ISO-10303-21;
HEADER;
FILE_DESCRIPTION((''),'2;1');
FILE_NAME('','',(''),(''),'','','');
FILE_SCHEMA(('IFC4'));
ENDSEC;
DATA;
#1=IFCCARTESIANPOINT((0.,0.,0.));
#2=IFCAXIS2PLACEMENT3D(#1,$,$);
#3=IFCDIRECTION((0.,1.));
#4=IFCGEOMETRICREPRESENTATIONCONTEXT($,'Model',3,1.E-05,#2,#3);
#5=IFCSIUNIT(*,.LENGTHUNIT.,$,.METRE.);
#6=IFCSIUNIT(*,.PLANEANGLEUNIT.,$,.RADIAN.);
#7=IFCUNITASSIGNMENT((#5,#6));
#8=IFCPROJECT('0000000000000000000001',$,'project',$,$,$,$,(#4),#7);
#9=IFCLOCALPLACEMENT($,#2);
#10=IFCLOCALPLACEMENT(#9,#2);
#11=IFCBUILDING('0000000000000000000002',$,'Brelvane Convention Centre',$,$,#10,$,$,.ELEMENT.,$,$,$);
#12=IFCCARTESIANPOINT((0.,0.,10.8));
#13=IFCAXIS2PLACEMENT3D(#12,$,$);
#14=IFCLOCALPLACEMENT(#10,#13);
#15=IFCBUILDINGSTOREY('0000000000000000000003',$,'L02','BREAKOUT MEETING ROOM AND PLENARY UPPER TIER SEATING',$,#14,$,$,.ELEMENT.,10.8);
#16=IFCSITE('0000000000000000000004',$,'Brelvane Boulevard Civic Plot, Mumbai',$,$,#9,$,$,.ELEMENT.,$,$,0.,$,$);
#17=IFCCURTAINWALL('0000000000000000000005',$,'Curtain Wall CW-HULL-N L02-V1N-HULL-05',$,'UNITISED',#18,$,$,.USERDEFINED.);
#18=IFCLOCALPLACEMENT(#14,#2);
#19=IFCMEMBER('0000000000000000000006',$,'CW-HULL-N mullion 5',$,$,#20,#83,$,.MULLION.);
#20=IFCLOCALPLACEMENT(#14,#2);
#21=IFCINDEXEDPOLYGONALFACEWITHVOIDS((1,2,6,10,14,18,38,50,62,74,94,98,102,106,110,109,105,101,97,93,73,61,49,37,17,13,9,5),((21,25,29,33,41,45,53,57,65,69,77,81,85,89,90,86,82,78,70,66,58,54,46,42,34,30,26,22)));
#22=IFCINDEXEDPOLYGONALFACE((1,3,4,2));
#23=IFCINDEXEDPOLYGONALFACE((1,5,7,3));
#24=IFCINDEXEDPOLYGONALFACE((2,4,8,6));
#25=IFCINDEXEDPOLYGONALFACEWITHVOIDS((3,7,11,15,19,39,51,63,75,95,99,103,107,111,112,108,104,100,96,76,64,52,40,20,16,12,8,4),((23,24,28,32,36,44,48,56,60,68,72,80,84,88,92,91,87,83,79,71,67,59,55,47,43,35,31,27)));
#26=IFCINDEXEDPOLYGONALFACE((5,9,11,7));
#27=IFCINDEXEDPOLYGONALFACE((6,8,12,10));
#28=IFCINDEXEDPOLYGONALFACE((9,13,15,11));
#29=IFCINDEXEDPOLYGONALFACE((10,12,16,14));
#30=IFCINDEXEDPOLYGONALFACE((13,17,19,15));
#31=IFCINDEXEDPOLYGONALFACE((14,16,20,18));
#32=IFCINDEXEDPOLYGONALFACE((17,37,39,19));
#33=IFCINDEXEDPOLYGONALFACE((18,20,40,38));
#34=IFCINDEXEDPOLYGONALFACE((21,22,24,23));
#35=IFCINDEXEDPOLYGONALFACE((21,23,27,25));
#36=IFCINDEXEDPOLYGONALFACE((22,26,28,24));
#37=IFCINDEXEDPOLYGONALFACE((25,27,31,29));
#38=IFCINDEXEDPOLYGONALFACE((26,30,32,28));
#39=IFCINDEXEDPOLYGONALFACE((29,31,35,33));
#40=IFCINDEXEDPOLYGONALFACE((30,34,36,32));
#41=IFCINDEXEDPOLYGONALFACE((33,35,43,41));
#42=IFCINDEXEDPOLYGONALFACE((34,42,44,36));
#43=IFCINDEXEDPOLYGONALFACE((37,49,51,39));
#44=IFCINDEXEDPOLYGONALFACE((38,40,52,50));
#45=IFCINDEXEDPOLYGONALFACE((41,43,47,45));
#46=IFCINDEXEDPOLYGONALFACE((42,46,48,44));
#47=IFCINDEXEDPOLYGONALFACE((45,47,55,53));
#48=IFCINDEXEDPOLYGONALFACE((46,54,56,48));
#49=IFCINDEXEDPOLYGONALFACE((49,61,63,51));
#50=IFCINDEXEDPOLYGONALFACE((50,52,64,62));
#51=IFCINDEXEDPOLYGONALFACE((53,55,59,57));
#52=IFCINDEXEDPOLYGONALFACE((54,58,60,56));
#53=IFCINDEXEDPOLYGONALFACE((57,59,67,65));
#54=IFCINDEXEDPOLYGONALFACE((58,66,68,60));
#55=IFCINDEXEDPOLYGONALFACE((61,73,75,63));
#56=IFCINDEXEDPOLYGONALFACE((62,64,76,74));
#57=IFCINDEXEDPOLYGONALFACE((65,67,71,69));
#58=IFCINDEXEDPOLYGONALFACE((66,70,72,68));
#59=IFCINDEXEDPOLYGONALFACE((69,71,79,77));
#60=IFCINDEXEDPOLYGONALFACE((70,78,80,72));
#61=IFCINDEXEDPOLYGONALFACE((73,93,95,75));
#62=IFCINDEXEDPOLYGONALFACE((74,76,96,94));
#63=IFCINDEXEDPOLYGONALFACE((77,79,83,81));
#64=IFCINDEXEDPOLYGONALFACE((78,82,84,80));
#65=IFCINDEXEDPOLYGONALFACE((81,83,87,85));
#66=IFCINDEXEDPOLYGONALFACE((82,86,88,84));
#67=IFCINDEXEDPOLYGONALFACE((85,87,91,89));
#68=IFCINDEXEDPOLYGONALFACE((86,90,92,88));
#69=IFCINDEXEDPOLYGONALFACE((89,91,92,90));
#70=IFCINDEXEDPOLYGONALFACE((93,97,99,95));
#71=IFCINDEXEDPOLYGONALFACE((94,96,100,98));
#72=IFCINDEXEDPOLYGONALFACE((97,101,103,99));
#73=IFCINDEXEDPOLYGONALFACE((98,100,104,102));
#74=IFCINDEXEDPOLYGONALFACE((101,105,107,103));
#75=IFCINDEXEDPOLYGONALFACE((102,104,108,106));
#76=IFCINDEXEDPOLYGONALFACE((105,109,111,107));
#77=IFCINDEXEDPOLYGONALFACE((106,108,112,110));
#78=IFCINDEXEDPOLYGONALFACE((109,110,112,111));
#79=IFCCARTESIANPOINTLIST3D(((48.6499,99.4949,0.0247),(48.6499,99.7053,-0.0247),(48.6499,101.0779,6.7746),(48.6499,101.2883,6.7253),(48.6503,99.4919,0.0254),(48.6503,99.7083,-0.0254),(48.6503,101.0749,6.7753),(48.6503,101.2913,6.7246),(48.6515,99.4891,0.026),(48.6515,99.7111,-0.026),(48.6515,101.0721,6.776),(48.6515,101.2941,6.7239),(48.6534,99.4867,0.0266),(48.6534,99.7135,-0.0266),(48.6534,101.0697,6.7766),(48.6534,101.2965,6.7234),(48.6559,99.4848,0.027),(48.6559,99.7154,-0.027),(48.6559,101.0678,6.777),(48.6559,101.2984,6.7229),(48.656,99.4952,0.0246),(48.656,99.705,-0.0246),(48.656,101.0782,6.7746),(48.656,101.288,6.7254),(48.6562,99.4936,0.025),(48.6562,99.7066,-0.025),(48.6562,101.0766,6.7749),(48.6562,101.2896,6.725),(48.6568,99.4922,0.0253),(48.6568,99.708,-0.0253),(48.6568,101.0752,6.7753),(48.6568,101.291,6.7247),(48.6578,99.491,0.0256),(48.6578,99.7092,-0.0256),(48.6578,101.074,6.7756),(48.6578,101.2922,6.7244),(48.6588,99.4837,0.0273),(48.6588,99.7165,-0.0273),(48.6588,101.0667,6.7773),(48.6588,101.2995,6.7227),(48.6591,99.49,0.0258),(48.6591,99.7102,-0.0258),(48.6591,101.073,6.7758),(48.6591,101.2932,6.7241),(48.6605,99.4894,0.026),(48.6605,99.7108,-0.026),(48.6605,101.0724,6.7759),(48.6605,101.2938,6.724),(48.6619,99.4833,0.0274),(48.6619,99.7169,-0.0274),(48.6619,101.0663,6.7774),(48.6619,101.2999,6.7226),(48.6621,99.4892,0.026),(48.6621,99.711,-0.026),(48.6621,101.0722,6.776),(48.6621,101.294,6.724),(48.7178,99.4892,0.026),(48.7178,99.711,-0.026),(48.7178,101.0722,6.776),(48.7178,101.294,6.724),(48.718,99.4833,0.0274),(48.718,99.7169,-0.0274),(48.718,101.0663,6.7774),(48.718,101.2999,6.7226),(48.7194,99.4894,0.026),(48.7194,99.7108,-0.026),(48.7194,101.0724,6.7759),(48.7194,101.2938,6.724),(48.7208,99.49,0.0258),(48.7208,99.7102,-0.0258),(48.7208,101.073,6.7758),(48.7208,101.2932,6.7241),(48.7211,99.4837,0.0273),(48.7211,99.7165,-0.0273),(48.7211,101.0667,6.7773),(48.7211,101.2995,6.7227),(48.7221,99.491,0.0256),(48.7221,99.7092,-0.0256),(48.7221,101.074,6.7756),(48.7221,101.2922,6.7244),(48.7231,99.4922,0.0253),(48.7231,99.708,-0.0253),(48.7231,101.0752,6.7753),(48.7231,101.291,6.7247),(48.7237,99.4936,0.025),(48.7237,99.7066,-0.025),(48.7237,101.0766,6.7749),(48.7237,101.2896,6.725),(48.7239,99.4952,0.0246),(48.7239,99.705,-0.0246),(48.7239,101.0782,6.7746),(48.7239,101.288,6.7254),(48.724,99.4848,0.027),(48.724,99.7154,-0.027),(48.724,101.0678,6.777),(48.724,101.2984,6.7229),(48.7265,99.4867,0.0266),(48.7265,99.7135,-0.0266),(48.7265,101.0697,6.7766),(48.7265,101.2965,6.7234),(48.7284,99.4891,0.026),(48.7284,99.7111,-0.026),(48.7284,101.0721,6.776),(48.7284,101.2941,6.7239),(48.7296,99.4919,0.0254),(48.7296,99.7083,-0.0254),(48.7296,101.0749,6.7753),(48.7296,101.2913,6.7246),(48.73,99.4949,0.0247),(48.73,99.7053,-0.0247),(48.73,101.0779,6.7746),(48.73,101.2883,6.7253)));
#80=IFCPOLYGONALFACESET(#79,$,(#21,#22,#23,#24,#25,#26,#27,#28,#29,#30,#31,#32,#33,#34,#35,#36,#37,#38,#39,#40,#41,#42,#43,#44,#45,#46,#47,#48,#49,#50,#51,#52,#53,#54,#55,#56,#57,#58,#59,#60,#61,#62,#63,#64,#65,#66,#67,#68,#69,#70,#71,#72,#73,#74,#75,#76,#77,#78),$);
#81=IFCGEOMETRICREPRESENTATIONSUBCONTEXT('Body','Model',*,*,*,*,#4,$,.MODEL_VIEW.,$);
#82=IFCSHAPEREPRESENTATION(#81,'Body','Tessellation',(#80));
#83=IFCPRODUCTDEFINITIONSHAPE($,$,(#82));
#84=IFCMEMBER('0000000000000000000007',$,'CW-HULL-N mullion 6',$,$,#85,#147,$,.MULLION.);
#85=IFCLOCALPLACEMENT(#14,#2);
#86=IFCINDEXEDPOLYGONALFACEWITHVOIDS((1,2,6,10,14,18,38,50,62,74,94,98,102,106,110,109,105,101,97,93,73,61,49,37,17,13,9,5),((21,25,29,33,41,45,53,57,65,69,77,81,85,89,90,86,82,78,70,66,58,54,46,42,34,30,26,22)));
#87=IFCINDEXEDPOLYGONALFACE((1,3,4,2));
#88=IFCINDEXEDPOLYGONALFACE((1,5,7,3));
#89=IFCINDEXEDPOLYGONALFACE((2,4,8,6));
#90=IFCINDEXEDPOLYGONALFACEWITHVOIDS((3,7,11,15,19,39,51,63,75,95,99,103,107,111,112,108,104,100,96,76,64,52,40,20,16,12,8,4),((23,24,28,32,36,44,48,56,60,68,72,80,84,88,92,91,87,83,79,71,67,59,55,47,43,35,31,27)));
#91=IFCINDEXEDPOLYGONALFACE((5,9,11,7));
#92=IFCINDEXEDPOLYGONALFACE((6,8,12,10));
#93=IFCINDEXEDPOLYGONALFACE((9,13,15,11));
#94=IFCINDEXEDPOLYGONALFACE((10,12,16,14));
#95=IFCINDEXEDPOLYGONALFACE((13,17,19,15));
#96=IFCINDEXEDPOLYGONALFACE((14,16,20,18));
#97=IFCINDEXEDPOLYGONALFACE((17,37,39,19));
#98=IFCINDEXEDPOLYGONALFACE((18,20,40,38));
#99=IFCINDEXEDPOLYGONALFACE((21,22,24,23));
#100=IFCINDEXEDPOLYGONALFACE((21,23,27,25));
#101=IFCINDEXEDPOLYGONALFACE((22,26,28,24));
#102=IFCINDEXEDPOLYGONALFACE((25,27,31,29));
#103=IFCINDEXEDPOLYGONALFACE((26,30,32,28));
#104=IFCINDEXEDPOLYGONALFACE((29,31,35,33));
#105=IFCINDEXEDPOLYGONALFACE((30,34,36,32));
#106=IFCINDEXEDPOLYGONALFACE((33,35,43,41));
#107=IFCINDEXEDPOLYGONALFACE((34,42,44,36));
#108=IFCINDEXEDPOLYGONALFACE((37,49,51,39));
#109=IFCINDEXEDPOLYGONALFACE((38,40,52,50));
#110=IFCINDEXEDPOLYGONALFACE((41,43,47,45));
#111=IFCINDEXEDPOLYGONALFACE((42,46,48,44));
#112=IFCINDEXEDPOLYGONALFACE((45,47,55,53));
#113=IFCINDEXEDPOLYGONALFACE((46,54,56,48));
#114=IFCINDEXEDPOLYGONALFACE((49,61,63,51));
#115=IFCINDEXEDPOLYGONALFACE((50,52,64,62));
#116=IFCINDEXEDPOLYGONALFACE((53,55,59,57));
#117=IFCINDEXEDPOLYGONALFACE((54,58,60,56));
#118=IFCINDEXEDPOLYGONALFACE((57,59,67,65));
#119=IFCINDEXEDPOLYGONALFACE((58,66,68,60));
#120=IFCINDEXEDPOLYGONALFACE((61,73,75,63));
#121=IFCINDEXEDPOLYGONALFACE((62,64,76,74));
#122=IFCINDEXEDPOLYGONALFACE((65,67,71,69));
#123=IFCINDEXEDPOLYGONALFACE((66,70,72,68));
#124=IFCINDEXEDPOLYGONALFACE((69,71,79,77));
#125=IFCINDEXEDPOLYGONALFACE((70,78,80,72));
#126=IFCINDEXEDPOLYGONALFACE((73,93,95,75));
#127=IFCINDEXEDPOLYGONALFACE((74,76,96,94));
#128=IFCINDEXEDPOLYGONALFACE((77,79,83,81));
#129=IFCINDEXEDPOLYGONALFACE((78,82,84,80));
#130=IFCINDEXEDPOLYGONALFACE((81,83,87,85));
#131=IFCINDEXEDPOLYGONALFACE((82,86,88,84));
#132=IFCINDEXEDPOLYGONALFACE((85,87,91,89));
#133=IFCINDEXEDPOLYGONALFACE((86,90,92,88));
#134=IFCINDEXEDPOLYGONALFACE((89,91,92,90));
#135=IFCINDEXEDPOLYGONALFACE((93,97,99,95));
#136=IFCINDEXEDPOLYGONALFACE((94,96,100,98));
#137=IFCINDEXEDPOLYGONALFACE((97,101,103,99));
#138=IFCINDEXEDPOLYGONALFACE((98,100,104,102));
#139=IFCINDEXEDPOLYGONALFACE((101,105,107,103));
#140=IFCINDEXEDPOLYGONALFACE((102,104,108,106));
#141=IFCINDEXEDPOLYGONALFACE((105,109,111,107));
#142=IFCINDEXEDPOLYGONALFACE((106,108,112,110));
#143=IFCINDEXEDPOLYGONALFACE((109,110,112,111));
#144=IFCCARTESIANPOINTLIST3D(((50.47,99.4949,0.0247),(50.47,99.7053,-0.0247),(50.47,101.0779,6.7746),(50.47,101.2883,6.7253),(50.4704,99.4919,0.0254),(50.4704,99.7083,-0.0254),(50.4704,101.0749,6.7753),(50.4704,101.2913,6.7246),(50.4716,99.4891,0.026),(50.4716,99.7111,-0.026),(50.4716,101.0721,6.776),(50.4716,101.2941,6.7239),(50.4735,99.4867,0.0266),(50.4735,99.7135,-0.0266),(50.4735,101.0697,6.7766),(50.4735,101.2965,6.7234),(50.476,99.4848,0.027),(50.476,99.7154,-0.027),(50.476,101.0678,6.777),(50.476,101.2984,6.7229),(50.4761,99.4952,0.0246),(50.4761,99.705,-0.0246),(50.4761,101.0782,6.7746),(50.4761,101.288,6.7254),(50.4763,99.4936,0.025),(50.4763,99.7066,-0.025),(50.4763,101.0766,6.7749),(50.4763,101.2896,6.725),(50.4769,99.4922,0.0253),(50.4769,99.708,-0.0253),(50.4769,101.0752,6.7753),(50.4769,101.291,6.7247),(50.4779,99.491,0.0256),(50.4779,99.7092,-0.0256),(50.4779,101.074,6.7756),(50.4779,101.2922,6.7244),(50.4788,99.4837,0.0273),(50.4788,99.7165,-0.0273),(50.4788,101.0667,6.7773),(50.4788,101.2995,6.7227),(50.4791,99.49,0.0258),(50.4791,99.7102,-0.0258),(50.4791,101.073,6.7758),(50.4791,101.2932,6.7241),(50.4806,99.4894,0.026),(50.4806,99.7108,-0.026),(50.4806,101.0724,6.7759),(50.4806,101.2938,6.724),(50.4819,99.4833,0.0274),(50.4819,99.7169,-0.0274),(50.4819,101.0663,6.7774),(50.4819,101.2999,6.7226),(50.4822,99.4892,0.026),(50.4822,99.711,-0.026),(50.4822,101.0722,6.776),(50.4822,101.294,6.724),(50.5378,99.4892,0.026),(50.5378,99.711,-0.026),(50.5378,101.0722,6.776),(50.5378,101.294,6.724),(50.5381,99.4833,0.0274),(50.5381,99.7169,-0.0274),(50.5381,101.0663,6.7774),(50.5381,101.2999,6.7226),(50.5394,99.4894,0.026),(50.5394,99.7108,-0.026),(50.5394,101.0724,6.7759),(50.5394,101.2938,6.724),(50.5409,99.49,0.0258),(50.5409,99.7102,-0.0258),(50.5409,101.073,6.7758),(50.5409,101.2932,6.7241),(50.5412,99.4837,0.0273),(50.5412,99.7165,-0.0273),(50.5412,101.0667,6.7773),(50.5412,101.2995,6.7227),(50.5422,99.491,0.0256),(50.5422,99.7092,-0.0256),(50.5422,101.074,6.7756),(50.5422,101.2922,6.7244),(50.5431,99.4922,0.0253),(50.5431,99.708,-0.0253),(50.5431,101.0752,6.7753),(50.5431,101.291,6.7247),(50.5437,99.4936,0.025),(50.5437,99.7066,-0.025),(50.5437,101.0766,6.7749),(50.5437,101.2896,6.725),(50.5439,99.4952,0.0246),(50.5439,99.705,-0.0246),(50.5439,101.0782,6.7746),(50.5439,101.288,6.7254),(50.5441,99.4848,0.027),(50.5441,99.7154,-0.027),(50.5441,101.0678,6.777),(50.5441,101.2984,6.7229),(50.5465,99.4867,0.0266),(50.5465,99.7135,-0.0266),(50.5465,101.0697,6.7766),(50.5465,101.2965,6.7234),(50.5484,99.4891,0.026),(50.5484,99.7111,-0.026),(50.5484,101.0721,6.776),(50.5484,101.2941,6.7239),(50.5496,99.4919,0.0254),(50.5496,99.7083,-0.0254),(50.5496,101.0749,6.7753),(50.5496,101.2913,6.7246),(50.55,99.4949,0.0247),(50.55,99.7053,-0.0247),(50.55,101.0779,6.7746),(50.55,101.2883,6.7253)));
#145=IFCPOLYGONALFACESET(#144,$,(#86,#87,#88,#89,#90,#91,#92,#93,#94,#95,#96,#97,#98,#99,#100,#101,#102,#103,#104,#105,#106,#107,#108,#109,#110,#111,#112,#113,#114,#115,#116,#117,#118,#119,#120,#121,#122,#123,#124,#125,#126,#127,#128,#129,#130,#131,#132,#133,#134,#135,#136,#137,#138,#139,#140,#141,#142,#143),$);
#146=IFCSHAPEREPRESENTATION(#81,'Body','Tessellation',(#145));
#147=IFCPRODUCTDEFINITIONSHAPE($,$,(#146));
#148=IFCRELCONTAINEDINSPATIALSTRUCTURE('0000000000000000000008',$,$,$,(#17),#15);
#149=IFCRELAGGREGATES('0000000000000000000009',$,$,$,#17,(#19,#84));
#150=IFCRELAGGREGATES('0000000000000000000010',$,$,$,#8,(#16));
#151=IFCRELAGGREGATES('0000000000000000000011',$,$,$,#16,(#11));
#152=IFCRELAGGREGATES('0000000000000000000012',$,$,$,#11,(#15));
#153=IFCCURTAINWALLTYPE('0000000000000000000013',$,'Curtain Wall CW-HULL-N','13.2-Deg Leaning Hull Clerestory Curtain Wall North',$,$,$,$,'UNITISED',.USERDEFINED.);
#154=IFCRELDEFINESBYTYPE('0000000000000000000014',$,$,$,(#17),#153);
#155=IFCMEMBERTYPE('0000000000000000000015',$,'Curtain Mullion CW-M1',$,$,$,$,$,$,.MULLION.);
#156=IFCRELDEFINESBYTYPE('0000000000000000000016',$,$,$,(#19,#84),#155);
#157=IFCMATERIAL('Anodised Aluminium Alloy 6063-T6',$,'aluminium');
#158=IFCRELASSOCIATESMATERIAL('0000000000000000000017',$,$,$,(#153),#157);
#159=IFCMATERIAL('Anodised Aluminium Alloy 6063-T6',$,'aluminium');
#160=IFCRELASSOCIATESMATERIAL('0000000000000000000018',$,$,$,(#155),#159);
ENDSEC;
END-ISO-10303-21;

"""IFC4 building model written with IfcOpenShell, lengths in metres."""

from ifc_helpers import new_model, si_unit, direction, frame, origin, origin_2d, place, context, subcontext, project, spatial, hollow_rectangle, extrude, material, material_profile, profile_set, type_object, element, aggregate, save


model = new_model("IFC4")

# Units and contexts
model_context = context("Model", 3, precision=1e-05, world=origin(), true_north=direction((0.0, 1.0)))
body_context = subcontext(model_context, "Body", "Model", "MODEL_VIEW")
ifc_project = project(units=[si_unit("LENGTHUNIT", "METRE"), si_unit("PLANEANGLEUNIT", "RADIAN")], contexts=[model_context])

# Site, building, storey
site_placement = place(None, origin())
site = spatial("IfcSite", under=ifc_project, at=site_placement, Name="Brelvane Boulevard Civic Plot, Mumbai", CompositionType="ELEMENT", RefElevation=0.0)
building_placement = place(site_placement, origin())
building = spatial("IfcBuilding", under=site, at=building_placement, Name="Brelvane Convention Centre", CompositionType="ELEMENT")
storey_placement = place(building_placement, frame((0.0, 0.0, 10.8)))
storey = spatial("IfcBuildingStorey", under=building, at=storey_placement, Name="L02", Description="BREAKOUT MEETING ROOM AND PLENARY UPPER TIER SEATING", CompositionType="ELEMENT", Elevation=10.8)

# Curtain wall, members
ifc_material_1 = material(Name="Anodised Aluminium Alloy 6063-T6", Category="aluminium")
curtain_wall_type = type_object("IfcCurtainWallType", Name="Curtain Wall CW-HULL-N", Description="13.2-Deg Leaning Hull Clerestory Curtain Wall North", ElementType="UNITISED", PredefinedType="USERDEFINED", material=ifc_material_1)
curtain_wall_placement = place(storey_placement, origin())
curtain_wall = element("IfcCurtainWall", 1, at=curtain_wall_placement, inside=storey, type_object=curtain_wall_type, Name="Curtain Wall CW-HULL-N L02-V1N-HULL-05", ObjectType="UNITISED", PredefinedType="USERDEFINED")
ifc_material_2 = material(Name="Anodised Aluminium Alloy 6063-T6", Category="aluminium")
ifc_material_profile_1 = material_profile(ifc_material_2, hollow_rectangle(XDim=0.0801, YDim=0.24, WallThickness=0.0061, InnerFilletRadius=0.0061, OuterFilletRadius=0.012, at=origin_2d()), Name="ALU-M 240x80x6.0")
ifc_profile_set_1 = profile_set([ifc_material_profile_1], Name="Anodised Aluminium Alloy 6063-T6")
member_type_1 = type_object("IfcMemberType", Name="Curtain Mullion CW-M1", PredefinedType="MULLION", material=ifc_profile_set_1)
member_1_placement = place(storey_placement, frame((48.6899, 99.6001, 0.0), z_axis=(0.0, 0.228325, 0.973585), x_axis=(-1.0, 0.0, 0.0)))
member_1 = element("IfcMember", 2, at=member_1_placement, type_object=member_type_1, Name="CW-HULL-N mullion 5", PredefinedType="MULLION", context=body_context, shape_type="SweptSolid", body=[
    extrude(hollow_rectangle(XDim=0.0801, YDim=0.24, WallThickness=0.0061, InnerFilletRadius=0.0061, OuterFilletRadius=0.012, at=origin_2d()), origin(), (0.0, 0.0, 1.0), 6.9331),
])
member_2_placement = place(storey_placement, frame((50.51, 99.6001, 0.0), z_axis=(0.0, 0.228325, 0.973585), x_axis=(-1.0, 0.0, 0.0)))
member_2 = element("IfcMember", 3, at=member_2_placement, type_object=member_type_1, Name="CW-HULL-N mullion 6", PredefinedType="MULLION", context=body_context, shape_type="SweptSolid", body=[
    extrude(hollow_rectangle(XDim=0.0801, YDim=0.24, WallThickness=0.0061, InnerFilletRadius=0.0061, OuterFilletRadius=0.012, at=origin_2d()), origin(), (0.0, 0.0, 1.0), 6.9331),
])

aggregate(curtain_wall, [member_1, member_2])

save(model, "model.ifc")
